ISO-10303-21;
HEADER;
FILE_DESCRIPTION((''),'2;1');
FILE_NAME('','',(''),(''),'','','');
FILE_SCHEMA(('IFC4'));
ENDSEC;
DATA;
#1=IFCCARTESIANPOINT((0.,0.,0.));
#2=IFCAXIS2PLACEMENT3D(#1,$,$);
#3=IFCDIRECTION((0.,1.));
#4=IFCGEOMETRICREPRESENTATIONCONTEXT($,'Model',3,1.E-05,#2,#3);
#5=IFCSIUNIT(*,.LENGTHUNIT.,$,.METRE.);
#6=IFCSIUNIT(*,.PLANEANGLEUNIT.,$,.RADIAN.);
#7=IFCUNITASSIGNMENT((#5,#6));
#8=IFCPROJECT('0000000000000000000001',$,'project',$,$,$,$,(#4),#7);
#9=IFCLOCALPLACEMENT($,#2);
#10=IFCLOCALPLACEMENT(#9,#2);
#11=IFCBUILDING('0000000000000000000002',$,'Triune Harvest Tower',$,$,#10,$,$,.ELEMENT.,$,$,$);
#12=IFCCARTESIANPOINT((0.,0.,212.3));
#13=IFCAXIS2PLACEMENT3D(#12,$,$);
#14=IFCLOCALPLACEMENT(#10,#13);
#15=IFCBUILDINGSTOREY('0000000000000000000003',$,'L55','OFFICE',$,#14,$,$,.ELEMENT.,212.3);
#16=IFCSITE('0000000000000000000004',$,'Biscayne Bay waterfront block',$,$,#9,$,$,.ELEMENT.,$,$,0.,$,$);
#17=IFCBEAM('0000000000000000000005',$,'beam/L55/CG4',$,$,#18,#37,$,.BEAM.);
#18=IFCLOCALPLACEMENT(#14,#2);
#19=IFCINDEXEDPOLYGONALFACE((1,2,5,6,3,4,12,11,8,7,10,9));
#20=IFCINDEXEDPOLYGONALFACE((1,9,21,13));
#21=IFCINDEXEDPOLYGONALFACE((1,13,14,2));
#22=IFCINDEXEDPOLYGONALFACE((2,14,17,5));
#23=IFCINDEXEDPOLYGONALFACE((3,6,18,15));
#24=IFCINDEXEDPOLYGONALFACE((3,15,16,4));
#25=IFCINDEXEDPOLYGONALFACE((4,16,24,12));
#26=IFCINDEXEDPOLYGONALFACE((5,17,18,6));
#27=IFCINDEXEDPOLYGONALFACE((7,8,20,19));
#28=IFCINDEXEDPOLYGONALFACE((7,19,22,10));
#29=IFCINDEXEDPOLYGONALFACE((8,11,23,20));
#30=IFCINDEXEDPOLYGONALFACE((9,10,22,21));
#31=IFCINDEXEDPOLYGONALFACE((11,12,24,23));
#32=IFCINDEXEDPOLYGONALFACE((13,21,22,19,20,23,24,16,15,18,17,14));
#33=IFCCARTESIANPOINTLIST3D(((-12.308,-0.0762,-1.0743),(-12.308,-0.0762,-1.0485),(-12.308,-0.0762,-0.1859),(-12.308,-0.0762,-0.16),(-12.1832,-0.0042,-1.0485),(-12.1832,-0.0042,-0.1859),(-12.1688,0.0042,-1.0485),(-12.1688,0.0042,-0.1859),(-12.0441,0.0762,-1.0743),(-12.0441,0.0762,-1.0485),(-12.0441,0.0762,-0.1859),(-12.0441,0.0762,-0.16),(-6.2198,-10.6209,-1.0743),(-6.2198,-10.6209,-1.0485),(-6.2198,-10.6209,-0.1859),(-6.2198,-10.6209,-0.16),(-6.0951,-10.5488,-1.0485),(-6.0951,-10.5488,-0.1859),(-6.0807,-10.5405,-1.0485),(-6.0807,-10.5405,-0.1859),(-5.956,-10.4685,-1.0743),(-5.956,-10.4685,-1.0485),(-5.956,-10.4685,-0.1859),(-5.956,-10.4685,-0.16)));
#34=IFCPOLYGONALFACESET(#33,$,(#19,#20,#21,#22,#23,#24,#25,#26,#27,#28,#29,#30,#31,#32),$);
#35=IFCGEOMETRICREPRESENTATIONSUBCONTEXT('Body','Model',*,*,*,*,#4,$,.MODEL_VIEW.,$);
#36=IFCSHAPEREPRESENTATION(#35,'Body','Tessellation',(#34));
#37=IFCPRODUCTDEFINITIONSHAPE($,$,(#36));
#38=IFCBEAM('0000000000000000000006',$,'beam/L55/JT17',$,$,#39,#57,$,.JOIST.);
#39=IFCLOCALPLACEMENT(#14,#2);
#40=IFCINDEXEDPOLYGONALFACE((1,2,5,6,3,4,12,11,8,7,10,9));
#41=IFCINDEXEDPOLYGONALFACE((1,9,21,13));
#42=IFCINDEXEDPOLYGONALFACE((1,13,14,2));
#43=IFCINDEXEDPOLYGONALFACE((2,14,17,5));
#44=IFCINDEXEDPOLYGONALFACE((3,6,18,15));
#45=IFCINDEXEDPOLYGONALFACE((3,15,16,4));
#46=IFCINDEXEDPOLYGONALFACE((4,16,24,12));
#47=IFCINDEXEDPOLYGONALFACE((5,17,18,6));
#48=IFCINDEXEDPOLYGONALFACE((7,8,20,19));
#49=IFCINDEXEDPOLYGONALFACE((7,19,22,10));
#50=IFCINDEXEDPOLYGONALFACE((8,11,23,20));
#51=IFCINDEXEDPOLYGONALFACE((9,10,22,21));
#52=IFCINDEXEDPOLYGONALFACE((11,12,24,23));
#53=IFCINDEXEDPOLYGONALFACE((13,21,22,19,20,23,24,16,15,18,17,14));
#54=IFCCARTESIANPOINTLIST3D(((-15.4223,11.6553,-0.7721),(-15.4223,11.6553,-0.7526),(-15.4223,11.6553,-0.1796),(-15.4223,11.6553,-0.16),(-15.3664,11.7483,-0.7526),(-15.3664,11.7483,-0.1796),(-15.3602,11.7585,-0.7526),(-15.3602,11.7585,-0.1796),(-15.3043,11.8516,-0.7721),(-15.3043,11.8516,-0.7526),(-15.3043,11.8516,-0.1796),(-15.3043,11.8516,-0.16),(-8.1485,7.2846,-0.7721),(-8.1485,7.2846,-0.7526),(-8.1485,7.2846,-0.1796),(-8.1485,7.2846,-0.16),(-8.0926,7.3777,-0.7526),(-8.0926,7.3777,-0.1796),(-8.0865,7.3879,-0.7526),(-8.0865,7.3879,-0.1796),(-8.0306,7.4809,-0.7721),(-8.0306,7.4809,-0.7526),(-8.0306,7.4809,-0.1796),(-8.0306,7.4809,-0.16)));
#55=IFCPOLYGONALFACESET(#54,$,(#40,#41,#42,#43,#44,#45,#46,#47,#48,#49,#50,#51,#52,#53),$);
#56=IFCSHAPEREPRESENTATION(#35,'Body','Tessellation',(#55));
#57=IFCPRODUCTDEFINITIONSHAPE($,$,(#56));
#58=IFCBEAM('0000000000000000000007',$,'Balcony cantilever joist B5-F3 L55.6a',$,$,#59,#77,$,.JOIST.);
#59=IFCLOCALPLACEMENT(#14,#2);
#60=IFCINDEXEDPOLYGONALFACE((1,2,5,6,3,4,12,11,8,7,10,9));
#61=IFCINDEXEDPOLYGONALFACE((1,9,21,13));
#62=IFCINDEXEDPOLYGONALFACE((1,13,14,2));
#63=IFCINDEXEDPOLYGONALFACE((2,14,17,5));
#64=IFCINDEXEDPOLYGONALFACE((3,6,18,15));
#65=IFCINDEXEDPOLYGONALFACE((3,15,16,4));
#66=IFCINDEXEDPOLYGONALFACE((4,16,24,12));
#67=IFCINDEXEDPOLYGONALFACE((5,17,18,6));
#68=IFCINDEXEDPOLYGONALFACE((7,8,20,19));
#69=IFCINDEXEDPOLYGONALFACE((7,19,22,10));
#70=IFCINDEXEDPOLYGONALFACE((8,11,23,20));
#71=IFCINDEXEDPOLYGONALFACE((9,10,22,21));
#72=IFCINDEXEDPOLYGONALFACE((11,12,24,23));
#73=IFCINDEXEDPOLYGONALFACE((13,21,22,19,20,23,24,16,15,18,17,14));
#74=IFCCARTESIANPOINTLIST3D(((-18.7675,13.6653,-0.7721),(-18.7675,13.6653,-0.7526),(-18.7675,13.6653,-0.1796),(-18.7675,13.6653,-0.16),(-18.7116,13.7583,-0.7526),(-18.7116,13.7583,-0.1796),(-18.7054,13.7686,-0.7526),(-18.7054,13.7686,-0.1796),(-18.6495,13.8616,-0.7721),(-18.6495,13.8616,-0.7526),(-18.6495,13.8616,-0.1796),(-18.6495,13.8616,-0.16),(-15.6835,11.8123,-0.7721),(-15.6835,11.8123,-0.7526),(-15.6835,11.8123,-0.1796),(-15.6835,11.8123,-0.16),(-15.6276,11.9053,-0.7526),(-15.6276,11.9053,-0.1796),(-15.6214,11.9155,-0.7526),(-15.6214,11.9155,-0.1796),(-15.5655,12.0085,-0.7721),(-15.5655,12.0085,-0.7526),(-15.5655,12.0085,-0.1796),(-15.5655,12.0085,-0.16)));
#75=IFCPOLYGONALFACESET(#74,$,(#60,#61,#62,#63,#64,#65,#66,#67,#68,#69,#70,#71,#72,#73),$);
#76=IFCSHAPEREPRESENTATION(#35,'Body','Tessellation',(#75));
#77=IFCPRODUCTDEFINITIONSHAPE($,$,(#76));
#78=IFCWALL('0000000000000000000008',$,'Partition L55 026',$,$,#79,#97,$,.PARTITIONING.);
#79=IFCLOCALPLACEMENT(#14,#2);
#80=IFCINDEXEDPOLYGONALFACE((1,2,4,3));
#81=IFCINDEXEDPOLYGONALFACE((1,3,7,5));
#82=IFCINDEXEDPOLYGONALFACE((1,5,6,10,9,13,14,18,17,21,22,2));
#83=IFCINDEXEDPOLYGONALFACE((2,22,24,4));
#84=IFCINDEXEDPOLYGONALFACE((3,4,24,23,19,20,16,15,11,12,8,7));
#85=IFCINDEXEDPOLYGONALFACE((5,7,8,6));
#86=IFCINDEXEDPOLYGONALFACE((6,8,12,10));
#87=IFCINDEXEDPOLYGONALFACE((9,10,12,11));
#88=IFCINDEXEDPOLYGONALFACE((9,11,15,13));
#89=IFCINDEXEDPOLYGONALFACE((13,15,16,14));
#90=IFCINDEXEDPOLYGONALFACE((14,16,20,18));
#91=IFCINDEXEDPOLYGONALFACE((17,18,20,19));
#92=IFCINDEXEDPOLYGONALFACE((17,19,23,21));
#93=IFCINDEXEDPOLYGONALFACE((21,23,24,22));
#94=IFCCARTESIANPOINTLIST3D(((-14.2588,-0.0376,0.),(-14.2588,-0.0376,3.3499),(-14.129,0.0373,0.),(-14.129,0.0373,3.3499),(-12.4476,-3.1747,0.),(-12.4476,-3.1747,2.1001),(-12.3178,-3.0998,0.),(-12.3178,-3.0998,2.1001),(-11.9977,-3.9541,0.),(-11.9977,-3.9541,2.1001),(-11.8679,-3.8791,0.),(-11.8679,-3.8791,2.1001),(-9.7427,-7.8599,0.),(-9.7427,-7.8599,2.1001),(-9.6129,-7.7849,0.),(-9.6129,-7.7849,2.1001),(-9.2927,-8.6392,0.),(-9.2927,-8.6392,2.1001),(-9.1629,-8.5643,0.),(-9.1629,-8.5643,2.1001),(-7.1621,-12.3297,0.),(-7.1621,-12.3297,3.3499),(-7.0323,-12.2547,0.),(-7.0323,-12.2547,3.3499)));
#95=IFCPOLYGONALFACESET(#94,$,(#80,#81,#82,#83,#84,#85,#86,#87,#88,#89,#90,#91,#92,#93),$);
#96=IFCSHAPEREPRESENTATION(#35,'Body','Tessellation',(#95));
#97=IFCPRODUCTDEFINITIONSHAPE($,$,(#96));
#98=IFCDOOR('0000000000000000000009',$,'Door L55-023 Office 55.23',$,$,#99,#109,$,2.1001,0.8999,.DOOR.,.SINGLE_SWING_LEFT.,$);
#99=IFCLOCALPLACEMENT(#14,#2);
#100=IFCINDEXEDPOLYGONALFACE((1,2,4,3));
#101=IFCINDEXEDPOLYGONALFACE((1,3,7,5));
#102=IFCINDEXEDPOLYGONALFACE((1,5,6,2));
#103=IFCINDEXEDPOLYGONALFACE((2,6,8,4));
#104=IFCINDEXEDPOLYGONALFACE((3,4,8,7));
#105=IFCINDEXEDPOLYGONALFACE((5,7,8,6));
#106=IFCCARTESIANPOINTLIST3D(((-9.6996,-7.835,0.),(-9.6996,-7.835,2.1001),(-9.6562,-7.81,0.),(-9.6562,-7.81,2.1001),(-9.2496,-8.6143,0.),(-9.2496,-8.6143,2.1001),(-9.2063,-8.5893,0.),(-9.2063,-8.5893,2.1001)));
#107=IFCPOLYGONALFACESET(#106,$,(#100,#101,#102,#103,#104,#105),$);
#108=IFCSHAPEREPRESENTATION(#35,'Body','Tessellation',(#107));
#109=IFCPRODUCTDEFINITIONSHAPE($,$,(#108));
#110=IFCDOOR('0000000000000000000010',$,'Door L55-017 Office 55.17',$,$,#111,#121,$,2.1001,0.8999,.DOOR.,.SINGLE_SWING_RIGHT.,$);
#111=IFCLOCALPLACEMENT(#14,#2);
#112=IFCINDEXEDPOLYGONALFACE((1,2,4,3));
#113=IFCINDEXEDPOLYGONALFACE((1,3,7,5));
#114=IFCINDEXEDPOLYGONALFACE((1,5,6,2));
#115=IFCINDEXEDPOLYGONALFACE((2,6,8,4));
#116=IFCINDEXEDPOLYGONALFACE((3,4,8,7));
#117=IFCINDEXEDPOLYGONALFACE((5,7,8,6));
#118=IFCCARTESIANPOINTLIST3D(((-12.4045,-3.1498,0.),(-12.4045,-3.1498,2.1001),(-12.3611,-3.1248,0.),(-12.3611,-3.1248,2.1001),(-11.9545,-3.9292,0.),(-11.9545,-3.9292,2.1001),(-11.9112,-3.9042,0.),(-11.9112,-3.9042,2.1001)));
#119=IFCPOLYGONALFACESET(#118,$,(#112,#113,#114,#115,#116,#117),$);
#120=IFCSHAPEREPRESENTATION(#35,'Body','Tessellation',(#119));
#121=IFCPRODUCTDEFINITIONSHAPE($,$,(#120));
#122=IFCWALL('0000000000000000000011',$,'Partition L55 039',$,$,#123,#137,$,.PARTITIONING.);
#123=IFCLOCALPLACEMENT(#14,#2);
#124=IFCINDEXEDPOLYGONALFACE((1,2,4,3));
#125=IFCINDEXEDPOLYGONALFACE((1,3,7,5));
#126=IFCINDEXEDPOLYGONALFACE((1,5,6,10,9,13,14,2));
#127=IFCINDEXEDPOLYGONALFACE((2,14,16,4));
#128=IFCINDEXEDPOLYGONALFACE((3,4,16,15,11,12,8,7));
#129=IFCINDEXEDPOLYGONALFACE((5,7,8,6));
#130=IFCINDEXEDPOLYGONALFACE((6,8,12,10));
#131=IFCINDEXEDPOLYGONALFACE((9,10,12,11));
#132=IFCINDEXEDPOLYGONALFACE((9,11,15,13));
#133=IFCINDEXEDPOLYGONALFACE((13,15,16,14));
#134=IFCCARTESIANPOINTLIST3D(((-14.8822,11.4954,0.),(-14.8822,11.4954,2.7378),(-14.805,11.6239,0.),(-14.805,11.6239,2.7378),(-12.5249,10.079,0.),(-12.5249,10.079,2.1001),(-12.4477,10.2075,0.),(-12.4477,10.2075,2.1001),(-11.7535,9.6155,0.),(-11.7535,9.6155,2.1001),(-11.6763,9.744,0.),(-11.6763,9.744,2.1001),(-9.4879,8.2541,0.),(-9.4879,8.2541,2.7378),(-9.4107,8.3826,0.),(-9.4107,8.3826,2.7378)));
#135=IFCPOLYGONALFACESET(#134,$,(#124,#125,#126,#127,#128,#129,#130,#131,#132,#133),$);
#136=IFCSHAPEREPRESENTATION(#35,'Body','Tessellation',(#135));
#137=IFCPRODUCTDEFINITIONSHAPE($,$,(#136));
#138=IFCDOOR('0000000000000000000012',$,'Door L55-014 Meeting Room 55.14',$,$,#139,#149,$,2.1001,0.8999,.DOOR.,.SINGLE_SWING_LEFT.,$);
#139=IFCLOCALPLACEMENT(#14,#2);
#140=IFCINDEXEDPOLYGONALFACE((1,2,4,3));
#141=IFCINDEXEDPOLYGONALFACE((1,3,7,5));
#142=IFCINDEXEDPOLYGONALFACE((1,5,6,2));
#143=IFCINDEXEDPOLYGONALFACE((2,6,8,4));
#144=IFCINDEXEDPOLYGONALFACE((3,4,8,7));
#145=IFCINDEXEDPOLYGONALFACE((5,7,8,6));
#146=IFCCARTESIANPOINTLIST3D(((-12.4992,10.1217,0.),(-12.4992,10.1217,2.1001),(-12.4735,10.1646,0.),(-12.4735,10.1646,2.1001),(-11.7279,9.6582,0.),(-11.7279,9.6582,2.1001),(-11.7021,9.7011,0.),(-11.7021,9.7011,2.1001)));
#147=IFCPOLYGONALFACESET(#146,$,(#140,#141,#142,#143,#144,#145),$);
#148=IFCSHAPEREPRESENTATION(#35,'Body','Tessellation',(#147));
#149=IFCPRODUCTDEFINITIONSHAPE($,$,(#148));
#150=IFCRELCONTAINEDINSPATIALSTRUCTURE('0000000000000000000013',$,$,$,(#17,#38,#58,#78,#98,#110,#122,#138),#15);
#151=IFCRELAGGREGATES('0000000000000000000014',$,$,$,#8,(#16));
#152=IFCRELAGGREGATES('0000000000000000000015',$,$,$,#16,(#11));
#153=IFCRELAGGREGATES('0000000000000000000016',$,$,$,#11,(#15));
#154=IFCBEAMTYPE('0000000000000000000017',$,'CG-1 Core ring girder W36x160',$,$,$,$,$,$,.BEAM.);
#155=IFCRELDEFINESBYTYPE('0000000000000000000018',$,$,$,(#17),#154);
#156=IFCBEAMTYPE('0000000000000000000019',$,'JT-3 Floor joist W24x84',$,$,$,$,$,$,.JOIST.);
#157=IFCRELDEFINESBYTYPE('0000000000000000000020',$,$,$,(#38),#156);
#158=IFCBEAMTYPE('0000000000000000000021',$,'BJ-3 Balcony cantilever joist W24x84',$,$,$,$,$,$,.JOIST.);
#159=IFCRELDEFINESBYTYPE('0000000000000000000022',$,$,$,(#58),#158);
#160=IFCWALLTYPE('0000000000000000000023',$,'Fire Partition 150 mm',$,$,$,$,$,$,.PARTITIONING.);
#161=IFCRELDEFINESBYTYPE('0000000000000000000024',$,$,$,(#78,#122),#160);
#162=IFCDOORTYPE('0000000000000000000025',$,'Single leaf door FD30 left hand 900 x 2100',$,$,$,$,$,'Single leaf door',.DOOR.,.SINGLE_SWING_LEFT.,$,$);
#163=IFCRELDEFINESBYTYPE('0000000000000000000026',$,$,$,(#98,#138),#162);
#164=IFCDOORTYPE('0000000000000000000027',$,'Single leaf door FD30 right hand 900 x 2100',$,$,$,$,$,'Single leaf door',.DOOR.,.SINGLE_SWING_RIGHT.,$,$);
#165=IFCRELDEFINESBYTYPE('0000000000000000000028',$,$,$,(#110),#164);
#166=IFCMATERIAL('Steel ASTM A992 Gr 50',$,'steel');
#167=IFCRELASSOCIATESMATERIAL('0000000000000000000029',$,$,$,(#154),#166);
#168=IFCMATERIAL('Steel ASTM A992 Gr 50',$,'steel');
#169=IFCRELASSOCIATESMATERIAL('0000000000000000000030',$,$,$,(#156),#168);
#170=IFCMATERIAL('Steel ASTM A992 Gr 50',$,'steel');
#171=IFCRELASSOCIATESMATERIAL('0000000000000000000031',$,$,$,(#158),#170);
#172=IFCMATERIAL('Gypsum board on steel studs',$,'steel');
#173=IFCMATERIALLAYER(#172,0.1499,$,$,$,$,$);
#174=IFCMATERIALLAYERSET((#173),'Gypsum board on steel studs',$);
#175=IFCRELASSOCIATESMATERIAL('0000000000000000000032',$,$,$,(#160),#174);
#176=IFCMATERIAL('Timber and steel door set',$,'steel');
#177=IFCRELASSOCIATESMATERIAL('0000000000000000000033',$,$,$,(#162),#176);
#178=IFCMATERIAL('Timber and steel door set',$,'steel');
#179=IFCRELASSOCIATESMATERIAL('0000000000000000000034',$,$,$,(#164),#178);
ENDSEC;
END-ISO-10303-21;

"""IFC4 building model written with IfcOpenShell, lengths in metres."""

from ifc_helpers import new_model, si_unit, direction, frame, frame_2d, origin, origin_2d, place, context, subcontext, project, spatial, rectangle, i_section, extrude, source, transform, mapped, material, layer, layer_set, material_profile, profile_set, type_object, element, fill, save


model = new_model("IFC4")

# Units and contexts
model_context = context("Model", 3, precision=1e-05, world=origin(), true_north=direction((0.0, 1.0)))
body_context = subcontext(model_context, "Body", "Model", "MODEL_VIEW")
ifc_project = project(units=[si_unit("LENGTHUNIT", "METRE"), si_unit("PLANEANGLEUNIT", "RADIAN")], contexts=[model_context])

# Site, building, storey
site_placement = place(None, origin())
site = spatial("IfcSite", under=ifc_project, at=site_placement, Name="Biscayne Bay waterfront block", CompositionType="ELEMENT", RefElevation=0.0)
building_placement = place(site_placement, origin())
building = spatial("IfcBuilding", under=site, at=building_placement, Name="Triune Harvest Tower", CompositionType="ELEMENT")
storey_placement = place(building_placement, frame((0.0, 0.0, 212.3)))
storey = spatial("IfcBuildingStorey", under=building, at=storey_placement, Name="L55", Description="OFFICE", CompositionType="ELEMENT", Elevation=212.3)

# Beams
ifc_material_1 = material(Name="Steel ASTM A992 Gr 50", Category="steel")
ifc_material_profile_1 = material_profile(ifc_material_1, i_section(OverallWidth=0.3047, OverallDepth=0.9143, WebThickness=0.0166, FlangeThickness=0.0259, at=origin_2d()), Name="W36x160")
ifc_profile_set_1 = profile_set([ifc_material_profile_1], Name="Steel ASTM A992 Gr 50")
beam_type_1 = type_object("IfcBeamType", Name="CG-1 Core ring girder W36x160", PredefinedType="BEAM", material=ifc_profile_set_1)
shared_shape_1 = source(origin(), body_context, "Body", "SweptSolid", [
    extrude(i_section(OverallWidth=0.3047, OverallDepth=0.9143, WebThickness=0.0166, FlangeThickness=0.0259, at=origin_2d()), origin(), (0.0, 0.0, 1.0), 12.176),
])
beam_1_placement = place(storey_placement, frame((-12.176, 0.0, -0.6172), z_axis=(0.50001, -0.86602, 0.0), x_axis=(0.86602, 0.50001, 0.0)))
element("IfcBeam", 1, at=beam_1_placement, inside=storey, type_object=beam_type_1, Name="beam/L55/CG4", PredefinedType="BEAM", context=body_context, shape_type="MappedRepresentation", body=[
    mapped(shared_shape_1, transform((0.0, 0.0, 0.0), scale=1.0)),
])
ifc_material_2 = material(Name="Steel ASTM A992 Gr 50", Category="steel")
ifc_material_profile_2 = material_profile(ifc_material_2, i_section(OverallWidth=0.229, OverallDepth=0.6121, WebThickness=0.012, FlangeThickness=0.0195, at=origin_2d()), Name="W24x84")
ifc_profile_set_2 = profile_set([ifc_material_profile_2], Name="Steel ASTM A992 Gr 50")
beam_type_2 = type_object("IfcBeamType", Name="JT-3 Floor joist W24x84", PredefinedType="JOIST", material=ifc_profile_set_2)
shared_shape_2 = source(origin(), body_context, "Body", "SweptSolid", [
    extrude(i_section(OverallWidth=0.229, OverallDepth=0.6121, WebThickness=0.012, FlangeThickness=0.0195, at=origin_2d()), origin(), (0.0, 0.0, 1.0), 8.4858),
])
beam_2_placement = place(storey_placement, frame((-15.3633, 11.7534, -0.4661), z_axis=(0.85716, -0.51505, 0.0), x_axis=(0.51505, 0.85716, 0.0)))
element("IfcBeam", 2, at=beam_2_placement, inside=storey, type_object=beam_type_2, Name="beam/L55/JT17", PredefinedType="JOIST", context=body_context, shape_type="MappedRepresentation", body=[
    mapped(shared_shape_2, transform((0.0, 0.0, 0.0), scale=1.0)),
])
ifc_material_3 = material(Name="Steel ASTM A992 Gr 50", Category="steel")
ifc_material_profile_3 = material_profile(ifc_material_3, i_section(OverallWidth=0.229, OverallDepth=0.6121, WebThickness=0.012, FlangeThickness=0.0195, at=origin_2d()), Name="W24x84")
ifc_profile_set_3 = profile_set([ifc_material_profile_3], Name="Steel ASTM A992 Gr 50")
beam_type_3 = type_object("IfcBeamType", Name="BJ-3 Balcony cantilever joist W24x84", PredefinedType="JOIST", material=ifc_profile_set_3)
shared_shape_3 = source(origin(), body_context, "Body", "SweptSolid", [
    extrude(i_section(OverallWidth=0.229, OverallDepth=0.6121, WebThickness=0.012, FlangeThickness=0.0195, at=origin_2d()), origin(), (0.0, 0.0, 1.0), 3.5979),
])
beam_3_placement = place(storey_placement, frame((-15.6245, 11.9104, -0.4661), z_axis=(-0.857169, 0.515035, 0.0), x_axis=(-0.515035, -0.857169, 0.0)))
element("IfcBeam", 3, at=beam_3_placement, inside=storey, type_object=beam_type_3, Name="Balcony cantilever joist B5-F3 L55.6a", PredefinedType="JOIST", context=body_context, shape_type="MappedRepresentation", body=[
    mapped(shared_shape_3, transform((0.0, 0.0, 0.0), scale=1.0)),
])

# Wall, openings, doors
ifc_material_4 = material(Name="Gypsum board on steel studs", Category="steel")
ifc_layer_1 = layer(ifc_material_4, 0.1499)
ifc_layer_set_1 = layer_set([ifc_layer_1], Name="Gypsum board on steel studs")
wall_type_1 = type_object("IfcWallType", Name="Fire Partition 150 mm", PredefinedType="PARTITIONING", material=ifc_layer_set_1)
wall_1_placement = place(storey_placement, frame((-14.1938, -0.0002, 0.0), z_axis=(0.0, 0.0, 1.0), x_axis=(0.499994, -0.866029, 0.0)))
wall_1 = element("IfcWall", 4, at=wall_1_placement, inside=storey, type_object=wall_type_1, Name="Partition L55 026", PredefinedType="PARTITIONING", context=body_context, shape_type="SweptSolid", body=[
    extrude(rectangle(XDim=14.1936, YDim=0.1499, at=frame_2d((7.0967, 0.0))), origin(), (0.0, 0.0, 1.0), 3.3499),
])
opening_1_placement = place(wall_1_placement, frame((3.6223, 0.0, 0.0)))
opening_1 = element("IfcOpeningElement", 5, at=opening_1_placement, cuts=wall_1, PredefinedType="OPENING", context=body_context, shape_type="SweptSolid", body=[
    extrude(rectangle(XDim=0.8999, YDim=2.1001, at=frame_2d((0.45, 1.05))), frame((0.0, 0.085, 0.0), z_axis=(0.0, -1.0, 0.0), x_axis=(1.0, 0.0, 0.0)), (0.0, 0.0, 1.0), 0.1699),
])
opening_2_placement = place(wall_1_placement, frame((9.0322, 0.0, 0.0)))
opening_2 = element("IfcOpeningElement", 6, at=opening_2_placement, cuts=wall_1, PredefinedType="OPENING", context=body_context, shape_type="SweptSolid", body=[
    extrude(rectangle(XDim=0.8999, YDim=2.1001, at=frame_2d((0.45, 1.05))), frame((0.0, 0.085, 0.0), z_axis=(0.0, -1.0, 0.0), x_axis=(1.0, 0.0, 0.0)), (0.0, 0.0, 1.0), 0.1699),
])
ifc_material_5 = material(Name="Timber and steel door set", Category="steel")
door_type_1 = type_object("IfcDoorType", Name="Single leaf door FD30 left hand 900 x 2100", ElementType="Single leaf door", OperationType="SINGLE_SWING_LEFT", PredefinedType="DOOR", material=ifc_material_5)
door_1_placement = place(opening_2_placement, origin())
door_1 = element("IfcDoor", 7, at=door_1_placement, inside=storey, type_object=door_type_1, Name="Door L55-023 Office 55.23", OperationType="SINGLE_SWING_LEFT", OverallHeight=2.1001, OverallWidth=0.8999, PredefinedType="DOOR", context=body_context, shape_type="SweptSolid", body=[
    extrude(rectangle(XDim=0.8999, YDim=2.1001, at=frame_2d((0.45, 1.05))), frame((0.0, 0.0249, 0.0), z_axis=(0.0, -1.0, 0.0), x_axis=(1.0, 0.0, 0.0)), (0.0, 0.0, 1.0), 0.05),
])
fill(opening_2, door_1)
ifc_material_6 = material(Name="Timber and steel door set", Category="steel")
door_type_2 = type_object("IfcDoorType", Name="Single leaf door FD30 right hand 900 x 2100", ElementType="Single leaf door", OperationType="SINGLE_SWING_RIGHT", PredefinedType="DOOR", material=ifc_material_6)
door_2_placement = place(opening_1_placement, origin())
door_2 = element("IfcDoor", 8, at=door_2_placement, inside=storey, type_object=door_type_2, Name="Door L55-017 Office 55.17", OperationType="SINGLE_SWING_RIGHT", OverallHeight=2.1001, OverallWidth=0.8999, PredefinedType="DOOR", context=body_context, shape_type="SweptSolid", body=[
    extrude(rectangle(XDim=0.8999, YDim=2.1001, at=frame_2d((0.45, 1.05))), frame((0.0, 0.0249, 0.0), z_axis=(0.0, -1.0, 0.0), x_axis=(1.0, 0.0, 0.0)), (0.0, 0.0, 1.0), 0.05),
])
fill(opening_1, door_2)

# Wall, opening, door
wall_2_placement = place(storey_placement, frame((-14.8435, 11.5596, 0.0), z_axis=(0.0, 0.0, 1.0), x_axis=(0.857168, -0.515038, 0.0)))
wall_2 = element("IfcWall", 9, at=wall_2_placement, inside=storey, type_object=wall_type_1, Name="Partition L55 039", PredefinedType="PARTITIONING", context=body_context, shape_type="SweptSolid", body=[
    extrude(rectangle(XDim=6.2932, YDim=0.1499, at=frame_2d((3.1465, 0.0))), origin(), (0.0, 0.0, 1.0), 2.7378),
])
opening_3_placement = place(wall_2_placement, frame((2.75, 0.0, 0.0)))
opening_3 = element("IfcOpeningElement", 10, at=opening_3_placement, cuts=wall_2, PredefinedType="OPENING", context=body_context, shape_type="SweptSolid", body=[
    extrude(rectangle(XDim=0.8999, YDim=2.1001, at=frame_2d((0.45, 1.05))), frame((0.0, 0.085, 0.0), z_axis=(0.0, -1.0, 0.0), x_axis=(1.0, 0.0, 0.0)), (0.0, 0.0, 1.0), 0.1699),
])
door_3_placement = place(opening_3_placement, origin())
door_3 = element("IfcDoor", 11, at=door_3_placement, inside=storey, type_object=door_type_1, Name="Door L55-014 Meeting Room 55.14", OperationType="SINGLE_SWING_LEFT", OverallHeight=2.1001, OverallWidth=0.8999, PredefinedType="DOOR", context=body_context, shape_type="SweptSolid", body=[
    extrude(rectangle(XDim=0.8999, YDim=2.1001, at=frame_2d((0.45, 1.05))), frame((0.0, 0.0249, 0.0), z_axis=(0.0, -1.0, 0.0), x_axis=(1.0, 0.0, 0.0)), (0.0, 0.0, 1.0), 0.05),
])
fill(opening_3, door_3)

save(model, "model.ifc")
